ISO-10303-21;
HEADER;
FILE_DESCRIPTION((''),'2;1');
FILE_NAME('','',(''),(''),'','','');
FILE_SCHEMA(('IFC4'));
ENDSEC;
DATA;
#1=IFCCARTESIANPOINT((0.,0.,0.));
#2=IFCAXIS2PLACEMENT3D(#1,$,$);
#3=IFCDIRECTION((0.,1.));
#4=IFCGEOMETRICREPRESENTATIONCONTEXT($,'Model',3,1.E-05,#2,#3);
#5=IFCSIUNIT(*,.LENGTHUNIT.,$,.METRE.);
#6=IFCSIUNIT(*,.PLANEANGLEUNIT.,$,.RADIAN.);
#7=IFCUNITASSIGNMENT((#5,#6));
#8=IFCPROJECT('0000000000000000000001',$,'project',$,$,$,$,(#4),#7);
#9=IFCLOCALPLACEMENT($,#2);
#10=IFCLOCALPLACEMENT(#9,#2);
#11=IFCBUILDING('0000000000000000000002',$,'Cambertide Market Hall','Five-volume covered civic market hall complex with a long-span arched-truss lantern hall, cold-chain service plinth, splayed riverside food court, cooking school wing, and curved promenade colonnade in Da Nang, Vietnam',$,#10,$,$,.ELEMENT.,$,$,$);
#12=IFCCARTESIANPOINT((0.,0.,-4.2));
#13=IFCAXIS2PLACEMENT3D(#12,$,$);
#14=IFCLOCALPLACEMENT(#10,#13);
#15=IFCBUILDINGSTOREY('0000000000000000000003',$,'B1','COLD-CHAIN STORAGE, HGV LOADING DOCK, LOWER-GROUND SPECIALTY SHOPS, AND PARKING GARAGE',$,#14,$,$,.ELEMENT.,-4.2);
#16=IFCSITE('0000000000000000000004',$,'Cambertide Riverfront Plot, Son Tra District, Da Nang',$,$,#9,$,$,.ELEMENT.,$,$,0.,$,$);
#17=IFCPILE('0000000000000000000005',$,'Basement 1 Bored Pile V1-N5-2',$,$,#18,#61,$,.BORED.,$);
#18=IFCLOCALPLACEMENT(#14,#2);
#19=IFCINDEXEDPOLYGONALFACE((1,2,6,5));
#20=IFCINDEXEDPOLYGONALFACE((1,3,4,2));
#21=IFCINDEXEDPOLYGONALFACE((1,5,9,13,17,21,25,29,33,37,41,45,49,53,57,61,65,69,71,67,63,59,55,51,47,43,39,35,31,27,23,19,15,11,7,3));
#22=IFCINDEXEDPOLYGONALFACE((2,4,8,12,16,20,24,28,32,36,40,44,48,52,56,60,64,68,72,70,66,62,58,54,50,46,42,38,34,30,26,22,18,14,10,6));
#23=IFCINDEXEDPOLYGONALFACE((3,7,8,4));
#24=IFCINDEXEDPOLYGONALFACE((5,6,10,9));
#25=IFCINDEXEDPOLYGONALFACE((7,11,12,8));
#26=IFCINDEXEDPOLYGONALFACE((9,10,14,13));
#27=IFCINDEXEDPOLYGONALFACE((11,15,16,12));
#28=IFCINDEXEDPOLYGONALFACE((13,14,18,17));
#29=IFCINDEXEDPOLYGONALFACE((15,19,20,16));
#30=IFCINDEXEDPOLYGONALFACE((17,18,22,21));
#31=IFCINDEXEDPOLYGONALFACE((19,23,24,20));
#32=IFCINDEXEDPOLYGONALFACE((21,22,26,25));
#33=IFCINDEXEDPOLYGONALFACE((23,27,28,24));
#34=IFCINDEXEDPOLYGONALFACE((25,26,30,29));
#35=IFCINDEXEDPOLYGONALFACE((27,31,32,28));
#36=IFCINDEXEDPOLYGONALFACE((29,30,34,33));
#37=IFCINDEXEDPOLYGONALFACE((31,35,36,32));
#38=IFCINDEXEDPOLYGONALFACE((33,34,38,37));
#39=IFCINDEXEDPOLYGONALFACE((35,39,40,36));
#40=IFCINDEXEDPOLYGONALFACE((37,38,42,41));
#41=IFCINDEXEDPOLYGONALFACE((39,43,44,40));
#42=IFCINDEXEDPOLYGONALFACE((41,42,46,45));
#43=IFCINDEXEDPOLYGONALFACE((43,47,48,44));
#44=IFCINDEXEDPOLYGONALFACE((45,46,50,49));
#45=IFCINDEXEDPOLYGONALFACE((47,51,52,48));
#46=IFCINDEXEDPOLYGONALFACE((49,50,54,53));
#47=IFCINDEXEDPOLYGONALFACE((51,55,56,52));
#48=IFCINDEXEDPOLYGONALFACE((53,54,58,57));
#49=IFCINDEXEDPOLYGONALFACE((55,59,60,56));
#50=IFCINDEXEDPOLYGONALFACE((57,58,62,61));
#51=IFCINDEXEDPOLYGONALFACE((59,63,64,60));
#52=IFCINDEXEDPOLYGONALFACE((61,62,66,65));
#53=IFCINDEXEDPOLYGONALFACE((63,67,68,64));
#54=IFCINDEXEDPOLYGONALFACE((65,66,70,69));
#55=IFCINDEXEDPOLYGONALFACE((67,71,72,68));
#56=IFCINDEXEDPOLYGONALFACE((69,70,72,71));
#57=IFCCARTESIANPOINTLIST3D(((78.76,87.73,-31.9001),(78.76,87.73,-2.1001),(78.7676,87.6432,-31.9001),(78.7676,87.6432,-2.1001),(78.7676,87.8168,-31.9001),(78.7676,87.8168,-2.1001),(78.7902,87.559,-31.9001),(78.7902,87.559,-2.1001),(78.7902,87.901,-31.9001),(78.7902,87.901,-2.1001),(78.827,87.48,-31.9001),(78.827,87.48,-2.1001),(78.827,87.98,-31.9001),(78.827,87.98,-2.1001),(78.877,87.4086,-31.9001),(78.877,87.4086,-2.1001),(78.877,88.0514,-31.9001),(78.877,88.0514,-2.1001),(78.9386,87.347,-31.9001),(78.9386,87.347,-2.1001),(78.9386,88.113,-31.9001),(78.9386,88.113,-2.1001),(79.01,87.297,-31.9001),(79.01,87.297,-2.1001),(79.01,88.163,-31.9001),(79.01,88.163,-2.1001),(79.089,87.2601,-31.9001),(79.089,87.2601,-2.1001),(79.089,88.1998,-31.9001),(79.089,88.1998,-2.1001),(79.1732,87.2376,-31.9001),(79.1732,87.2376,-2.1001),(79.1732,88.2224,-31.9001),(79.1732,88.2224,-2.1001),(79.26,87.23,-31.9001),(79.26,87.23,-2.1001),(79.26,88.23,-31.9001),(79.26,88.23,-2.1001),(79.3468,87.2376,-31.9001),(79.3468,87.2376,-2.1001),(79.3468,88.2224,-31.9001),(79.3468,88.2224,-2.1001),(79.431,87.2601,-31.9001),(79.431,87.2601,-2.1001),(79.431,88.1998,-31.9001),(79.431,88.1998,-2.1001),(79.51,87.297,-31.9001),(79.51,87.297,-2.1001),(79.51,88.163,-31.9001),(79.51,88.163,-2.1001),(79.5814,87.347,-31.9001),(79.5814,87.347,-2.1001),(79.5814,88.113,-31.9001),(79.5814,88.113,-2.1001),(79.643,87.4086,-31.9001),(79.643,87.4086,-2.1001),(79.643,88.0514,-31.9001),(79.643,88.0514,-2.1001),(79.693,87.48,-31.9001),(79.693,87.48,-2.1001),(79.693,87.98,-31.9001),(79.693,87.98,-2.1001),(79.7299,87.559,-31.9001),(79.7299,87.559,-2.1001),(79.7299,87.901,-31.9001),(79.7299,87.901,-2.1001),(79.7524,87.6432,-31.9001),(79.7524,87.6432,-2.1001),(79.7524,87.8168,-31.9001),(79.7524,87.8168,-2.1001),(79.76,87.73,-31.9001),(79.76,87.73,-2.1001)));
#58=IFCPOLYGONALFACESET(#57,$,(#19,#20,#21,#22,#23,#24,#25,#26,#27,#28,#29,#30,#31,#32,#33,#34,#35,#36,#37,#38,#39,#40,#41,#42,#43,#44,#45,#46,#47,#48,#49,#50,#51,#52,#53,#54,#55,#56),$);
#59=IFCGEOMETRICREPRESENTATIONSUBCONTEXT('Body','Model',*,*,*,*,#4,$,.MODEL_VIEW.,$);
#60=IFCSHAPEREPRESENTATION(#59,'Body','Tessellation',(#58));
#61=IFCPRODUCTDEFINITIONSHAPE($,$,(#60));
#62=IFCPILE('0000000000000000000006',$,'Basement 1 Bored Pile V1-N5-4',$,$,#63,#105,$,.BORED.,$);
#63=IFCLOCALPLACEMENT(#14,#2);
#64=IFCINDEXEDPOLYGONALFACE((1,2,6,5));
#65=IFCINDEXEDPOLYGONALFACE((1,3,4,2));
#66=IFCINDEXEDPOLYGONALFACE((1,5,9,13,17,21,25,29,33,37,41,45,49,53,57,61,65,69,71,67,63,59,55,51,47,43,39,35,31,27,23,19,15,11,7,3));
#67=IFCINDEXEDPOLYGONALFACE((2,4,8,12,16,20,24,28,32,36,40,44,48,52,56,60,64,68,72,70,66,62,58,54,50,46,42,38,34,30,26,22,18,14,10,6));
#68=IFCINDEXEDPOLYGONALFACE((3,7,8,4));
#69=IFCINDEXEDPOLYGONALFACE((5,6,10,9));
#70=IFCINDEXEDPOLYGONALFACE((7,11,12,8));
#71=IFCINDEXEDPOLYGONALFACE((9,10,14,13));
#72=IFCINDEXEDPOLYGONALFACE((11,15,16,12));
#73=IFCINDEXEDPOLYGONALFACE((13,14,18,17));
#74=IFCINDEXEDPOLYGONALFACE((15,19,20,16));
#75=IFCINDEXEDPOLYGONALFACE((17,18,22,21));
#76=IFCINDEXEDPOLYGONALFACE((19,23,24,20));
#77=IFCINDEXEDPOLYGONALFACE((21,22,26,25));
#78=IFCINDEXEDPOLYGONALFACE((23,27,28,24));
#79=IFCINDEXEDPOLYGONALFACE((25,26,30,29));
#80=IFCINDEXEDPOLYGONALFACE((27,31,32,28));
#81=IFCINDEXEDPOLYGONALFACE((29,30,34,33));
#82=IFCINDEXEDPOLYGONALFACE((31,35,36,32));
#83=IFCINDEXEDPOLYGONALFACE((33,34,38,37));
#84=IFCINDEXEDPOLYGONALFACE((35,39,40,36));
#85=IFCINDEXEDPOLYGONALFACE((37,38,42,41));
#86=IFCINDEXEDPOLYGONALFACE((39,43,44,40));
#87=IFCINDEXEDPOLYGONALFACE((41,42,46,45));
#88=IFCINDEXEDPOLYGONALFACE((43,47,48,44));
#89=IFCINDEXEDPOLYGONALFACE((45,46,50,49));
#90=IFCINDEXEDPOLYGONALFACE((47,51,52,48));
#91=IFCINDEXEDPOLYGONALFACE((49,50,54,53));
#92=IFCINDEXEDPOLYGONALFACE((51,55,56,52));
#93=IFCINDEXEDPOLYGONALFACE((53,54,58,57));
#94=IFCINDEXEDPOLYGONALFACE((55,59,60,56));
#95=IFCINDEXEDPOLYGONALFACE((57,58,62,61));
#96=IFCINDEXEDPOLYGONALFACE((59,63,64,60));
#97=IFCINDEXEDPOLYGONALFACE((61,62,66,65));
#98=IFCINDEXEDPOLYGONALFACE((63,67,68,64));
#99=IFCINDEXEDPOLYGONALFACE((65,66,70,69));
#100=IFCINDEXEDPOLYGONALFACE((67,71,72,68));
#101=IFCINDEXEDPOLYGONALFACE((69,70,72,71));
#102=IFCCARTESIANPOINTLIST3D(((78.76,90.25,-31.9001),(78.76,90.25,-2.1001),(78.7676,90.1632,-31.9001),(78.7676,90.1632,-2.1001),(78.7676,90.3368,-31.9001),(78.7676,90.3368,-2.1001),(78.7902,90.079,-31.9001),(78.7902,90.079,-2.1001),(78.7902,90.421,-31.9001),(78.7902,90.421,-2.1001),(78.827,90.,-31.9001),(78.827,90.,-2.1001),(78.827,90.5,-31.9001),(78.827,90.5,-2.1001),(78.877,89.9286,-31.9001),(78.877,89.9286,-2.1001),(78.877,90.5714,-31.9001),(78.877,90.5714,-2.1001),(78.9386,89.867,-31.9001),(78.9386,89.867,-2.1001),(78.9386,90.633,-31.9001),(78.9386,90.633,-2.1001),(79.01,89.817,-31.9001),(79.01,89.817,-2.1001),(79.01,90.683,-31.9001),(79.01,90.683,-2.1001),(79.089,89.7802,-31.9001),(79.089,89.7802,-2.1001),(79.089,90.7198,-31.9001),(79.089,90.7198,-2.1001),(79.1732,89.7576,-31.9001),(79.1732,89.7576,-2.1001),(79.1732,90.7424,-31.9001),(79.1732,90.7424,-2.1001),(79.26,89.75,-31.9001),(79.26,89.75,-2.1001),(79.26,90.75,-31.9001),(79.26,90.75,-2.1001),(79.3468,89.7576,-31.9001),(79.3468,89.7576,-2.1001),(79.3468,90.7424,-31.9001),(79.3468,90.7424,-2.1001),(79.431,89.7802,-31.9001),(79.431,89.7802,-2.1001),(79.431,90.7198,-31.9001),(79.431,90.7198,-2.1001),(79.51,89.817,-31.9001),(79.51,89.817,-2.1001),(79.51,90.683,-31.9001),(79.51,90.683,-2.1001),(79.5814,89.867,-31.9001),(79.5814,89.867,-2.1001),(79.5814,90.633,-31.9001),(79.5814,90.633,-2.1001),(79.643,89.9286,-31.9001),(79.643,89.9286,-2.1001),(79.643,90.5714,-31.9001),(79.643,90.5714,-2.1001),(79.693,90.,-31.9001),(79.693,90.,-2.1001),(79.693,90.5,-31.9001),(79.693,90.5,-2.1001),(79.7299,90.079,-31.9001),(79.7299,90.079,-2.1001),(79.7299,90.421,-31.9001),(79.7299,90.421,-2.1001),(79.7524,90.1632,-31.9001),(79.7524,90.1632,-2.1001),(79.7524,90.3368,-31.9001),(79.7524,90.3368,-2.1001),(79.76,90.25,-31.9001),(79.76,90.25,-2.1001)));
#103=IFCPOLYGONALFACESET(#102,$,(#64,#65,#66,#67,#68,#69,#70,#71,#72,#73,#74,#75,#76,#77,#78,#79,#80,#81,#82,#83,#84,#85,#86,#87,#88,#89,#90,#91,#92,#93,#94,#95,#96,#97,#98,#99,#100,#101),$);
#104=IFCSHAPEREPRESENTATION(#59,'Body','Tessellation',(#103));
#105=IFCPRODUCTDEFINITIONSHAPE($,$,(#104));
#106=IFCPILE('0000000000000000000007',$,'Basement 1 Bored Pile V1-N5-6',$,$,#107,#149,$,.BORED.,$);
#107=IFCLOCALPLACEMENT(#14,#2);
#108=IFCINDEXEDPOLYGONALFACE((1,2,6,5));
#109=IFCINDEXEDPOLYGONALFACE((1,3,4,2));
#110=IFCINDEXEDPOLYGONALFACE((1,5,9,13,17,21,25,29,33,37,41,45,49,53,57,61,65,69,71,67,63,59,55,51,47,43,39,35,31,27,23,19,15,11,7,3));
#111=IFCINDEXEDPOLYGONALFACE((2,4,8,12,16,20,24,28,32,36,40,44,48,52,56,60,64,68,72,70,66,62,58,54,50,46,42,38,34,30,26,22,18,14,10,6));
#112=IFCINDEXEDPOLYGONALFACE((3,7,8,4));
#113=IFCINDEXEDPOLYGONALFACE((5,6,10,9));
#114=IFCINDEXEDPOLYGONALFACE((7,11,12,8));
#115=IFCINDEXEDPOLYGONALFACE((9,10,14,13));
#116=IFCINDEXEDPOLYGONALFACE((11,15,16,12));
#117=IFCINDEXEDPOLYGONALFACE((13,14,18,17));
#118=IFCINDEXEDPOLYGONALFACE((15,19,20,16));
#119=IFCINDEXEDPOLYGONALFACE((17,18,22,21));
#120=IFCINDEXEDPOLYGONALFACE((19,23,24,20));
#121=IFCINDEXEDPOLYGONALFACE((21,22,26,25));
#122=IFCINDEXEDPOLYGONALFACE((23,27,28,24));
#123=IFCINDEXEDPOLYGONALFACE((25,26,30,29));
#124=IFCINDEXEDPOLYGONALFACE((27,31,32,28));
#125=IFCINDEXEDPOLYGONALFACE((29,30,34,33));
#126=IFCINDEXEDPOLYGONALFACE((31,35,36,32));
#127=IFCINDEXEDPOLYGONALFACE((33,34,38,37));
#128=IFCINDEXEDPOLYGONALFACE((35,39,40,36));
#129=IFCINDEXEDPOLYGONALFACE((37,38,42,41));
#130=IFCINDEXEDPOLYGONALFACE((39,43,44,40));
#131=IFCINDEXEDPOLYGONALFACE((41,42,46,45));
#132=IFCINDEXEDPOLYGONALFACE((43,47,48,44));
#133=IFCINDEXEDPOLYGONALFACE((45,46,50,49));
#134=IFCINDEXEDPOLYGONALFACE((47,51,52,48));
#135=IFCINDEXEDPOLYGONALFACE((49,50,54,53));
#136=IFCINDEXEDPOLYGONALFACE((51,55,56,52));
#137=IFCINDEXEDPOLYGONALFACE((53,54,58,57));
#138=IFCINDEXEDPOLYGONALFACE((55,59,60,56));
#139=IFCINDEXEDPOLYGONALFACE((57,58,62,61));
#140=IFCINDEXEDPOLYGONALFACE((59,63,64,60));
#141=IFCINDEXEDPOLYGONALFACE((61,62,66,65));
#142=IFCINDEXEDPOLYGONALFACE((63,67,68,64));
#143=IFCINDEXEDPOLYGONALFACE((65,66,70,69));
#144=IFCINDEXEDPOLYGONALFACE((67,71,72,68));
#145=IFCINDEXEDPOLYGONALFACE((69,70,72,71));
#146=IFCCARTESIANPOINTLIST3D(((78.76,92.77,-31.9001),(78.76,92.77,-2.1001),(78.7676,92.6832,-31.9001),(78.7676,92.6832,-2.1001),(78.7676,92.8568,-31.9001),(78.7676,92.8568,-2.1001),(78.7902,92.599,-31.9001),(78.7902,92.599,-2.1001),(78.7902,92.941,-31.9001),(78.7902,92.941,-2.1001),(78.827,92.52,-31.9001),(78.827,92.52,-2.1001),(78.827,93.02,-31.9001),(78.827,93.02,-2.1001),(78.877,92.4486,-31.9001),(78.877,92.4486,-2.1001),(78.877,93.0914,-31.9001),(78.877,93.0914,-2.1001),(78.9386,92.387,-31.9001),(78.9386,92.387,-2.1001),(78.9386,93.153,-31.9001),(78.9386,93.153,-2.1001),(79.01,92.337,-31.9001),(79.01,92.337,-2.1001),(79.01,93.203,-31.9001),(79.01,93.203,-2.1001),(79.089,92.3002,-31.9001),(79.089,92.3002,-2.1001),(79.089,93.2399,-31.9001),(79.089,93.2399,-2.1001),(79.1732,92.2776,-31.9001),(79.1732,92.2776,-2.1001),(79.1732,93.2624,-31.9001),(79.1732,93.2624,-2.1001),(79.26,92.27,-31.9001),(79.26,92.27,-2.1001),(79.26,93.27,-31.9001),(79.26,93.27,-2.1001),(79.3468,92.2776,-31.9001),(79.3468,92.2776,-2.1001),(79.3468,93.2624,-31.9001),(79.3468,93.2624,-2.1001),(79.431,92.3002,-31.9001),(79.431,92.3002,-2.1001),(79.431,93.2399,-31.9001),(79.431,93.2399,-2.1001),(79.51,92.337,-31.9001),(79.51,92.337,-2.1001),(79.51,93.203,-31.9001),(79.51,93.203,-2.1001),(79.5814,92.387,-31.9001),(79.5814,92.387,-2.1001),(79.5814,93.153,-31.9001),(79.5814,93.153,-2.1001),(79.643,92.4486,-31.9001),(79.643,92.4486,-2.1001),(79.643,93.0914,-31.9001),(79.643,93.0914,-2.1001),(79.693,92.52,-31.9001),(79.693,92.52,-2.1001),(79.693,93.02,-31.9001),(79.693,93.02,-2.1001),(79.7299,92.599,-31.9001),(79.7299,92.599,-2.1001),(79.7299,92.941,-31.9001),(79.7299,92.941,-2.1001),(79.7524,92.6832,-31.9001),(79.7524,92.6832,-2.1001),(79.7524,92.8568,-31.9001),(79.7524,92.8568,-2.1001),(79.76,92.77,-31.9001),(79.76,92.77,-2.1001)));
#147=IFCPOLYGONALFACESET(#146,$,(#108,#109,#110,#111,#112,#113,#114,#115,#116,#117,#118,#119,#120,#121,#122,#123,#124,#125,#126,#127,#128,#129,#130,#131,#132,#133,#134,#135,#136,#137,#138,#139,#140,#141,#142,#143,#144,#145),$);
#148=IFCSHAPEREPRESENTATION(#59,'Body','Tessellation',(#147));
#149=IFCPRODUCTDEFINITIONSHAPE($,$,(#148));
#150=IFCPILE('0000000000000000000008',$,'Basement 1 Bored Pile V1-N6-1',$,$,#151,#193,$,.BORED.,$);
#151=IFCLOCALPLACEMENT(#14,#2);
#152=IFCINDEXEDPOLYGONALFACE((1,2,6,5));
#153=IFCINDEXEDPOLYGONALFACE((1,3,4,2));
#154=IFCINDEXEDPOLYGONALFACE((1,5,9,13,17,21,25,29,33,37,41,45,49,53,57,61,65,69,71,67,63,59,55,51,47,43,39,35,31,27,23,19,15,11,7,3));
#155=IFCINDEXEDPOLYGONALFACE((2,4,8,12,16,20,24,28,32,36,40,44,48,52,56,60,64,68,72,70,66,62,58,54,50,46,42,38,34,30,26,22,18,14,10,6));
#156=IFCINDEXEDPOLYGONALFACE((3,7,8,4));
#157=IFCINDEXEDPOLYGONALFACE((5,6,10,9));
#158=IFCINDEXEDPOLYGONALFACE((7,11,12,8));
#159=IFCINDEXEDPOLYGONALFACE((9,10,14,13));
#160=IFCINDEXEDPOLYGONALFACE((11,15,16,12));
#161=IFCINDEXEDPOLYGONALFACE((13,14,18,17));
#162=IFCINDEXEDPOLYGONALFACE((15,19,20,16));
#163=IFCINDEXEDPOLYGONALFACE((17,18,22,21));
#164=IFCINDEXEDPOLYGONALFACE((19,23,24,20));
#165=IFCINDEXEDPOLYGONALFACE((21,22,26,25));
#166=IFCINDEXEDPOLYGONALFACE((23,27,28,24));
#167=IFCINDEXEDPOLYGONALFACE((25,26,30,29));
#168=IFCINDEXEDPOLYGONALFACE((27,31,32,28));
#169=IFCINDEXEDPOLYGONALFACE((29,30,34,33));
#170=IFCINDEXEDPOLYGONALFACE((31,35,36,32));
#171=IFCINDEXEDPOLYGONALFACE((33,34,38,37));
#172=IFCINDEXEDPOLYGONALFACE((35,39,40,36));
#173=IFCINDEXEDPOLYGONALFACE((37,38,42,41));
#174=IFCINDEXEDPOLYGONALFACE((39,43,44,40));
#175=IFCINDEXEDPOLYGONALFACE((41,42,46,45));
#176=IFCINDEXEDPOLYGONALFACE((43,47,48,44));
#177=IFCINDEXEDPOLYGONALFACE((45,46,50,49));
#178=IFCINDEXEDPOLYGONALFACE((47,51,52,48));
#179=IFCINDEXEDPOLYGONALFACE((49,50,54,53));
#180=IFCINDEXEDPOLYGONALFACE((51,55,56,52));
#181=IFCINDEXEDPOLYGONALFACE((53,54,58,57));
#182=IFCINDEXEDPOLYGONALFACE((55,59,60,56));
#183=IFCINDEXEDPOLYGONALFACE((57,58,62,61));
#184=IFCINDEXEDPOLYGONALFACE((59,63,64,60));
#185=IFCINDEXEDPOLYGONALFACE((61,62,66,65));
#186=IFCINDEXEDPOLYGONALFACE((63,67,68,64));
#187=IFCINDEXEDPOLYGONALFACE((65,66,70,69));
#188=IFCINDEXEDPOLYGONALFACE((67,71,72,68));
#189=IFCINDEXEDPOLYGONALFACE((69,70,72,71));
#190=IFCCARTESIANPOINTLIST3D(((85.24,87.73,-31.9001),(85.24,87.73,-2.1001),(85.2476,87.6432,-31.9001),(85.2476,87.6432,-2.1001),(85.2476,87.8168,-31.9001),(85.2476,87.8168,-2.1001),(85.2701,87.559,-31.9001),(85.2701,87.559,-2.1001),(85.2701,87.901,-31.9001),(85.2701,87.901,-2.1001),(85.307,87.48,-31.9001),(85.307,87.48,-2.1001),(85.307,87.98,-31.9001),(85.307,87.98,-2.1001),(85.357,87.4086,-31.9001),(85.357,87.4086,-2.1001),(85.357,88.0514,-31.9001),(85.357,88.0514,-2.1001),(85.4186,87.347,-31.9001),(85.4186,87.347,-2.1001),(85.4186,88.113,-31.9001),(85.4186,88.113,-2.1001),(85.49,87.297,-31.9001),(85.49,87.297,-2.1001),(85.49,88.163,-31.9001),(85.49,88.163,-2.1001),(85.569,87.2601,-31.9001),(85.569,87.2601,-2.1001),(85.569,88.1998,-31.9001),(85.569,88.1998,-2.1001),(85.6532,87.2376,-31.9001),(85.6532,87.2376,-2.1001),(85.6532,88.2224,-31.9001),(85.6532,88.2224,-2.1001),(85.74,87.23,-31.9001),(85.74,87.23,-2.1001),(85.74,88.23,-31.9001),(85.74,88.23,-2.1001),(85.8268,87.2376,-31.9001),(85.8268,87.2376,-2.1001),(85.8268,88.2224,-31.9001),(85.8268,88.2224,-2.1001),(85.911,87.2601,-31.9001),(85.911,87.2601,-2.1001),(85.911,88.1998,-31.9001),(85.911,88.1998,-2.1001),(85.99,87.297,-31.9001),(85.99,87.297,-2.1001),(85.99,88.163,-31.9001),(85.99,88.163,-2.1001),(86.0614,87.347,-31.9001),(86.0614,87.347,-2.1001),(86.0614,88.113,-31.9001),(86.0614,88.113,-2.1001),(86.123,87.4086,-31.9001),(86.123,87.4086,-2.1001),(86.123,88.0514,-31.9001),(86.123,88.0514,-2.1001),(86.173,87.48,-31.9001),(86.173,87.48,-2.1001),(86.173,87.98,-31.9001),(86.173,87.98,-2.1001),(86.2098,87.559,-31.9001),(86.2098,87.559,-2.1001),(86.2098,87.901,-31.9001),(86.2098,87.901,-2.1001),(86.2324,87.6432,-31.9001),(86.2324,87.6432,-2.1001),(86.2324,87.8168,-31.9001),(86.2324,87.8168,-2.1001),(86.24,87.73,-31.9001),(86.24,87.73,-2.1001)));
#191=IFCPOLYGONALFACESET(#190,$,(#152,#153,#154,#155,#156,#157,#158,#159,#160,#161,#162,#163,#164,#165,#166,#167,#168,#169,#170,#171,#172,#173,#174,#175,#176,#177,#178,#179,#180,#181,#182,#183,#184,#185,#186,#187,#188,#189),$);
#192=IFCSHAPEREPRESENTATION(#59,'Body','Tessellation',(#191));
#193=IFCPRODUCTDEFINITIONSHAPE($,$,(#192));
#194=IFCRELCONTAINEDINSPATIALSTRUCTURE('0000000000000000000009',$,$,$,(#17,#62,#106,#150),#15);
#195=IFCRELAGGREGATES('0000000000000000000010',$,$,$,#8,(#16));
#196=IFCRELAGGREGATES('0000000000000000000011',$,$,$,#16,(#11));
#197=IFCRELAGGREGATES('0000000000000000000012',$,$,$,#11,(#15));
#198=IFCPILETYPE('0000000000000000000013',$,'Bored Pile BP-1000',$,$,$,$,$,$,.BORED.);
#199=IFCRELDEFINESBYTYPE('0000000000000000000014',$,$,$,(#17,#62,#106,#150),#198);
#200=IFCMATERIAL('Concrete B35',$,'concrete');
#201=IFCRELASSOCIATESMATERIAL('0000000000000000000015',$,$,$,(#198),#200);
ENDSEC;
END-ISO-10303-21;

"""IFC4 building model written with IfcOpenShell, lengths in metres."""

from ifc_helpers import new_model, si_unit, direction, frame, origin, origin_2d, place, context, subcontext, project, spatial, circle, extrude, material, material_profile, profile_set, type_object, element, save


model = new_model("IFC4")

# Units and contexts
model_context = context("Model", 3, precision=1e-05, world=origin(), true_north=direction((0.0, 1.0)))
body_context = subcontext(model_context, "Body", "Model", "MODEL_VIEW")
ifc_project = project(units=[si_unit("LENGTHUNIT", "METRE"), si_unit("PLANEANGLEUNIT", "RADIAN")], contexts=[model_context])

# Site, building, storey
site_placement = place(None, origin())
site = spatial("IfcSite", under=ifc_project, at=site_placement, Name="Cambertide Riverfront Plot, Son Tra District, Da Nang", CompositionType="ELEMENT", RefElevation=0.0)
building_placement = place(site_placement, origin())
building = spatial("IfcBuilding", under=site, at=building_placement, Name="Cambertide Market Hall", Description="Five-volume covered civic market hall complex with a long-span arched-truss lantern hall, cold-chain service plinth, splayed riverside food court, cooking school wing, and curved promenade colonnade in Da Nang, Vietnam", CompositionType="ELEMENT")
storey_placement = place(building_placement, frame((0.0, 0.0, -4.2)))
storey = spatial("IfcBuildingStorey", under=building, at=storey_placement, Name="B1", Description="COLD-CHAIN STORAGE, HGV LOADING DOCK, LOWER-GROUND SPECIALTY SHOPS, AND PARKING GARAGE", CompositionType="ELEMENT", Elevation=-4.2)

# Piles
ifc_material_1 = material(Name="Concrete B35", Category="concrete")
ifc_material_profile_1 = material_profile(ifc_material_1, circle(Radius=0.5, at=origin_2d()), Name="BP D1000")
ifc_profile_set_1 = profile_set([ifc_material_profile_1], Name="Concrete B35")
pile_type = type_object("IfcPileType", Name="Bored Pile BP-1000", PredefinedType="BORED", material=ifc_profile_set_1)
for number, where, z_axis, x_axis, name in (
    (1, (79.26, 87.73, -2.1001), (0.0, 0.0, -1.0), (1.0, 0.0, 0.0), "Basement 1 Bored Pile V1-N5-2"),
    (2, (79.26, 90.25, -2.1001), (0.0, 0.0, -1.0), (1.0, 0.0, 0.0), "Basement 1 Bored Pile V1-N5-4"),
    (3, (79.26, 92.77, -2.1001), (0.0, 0.0, -1.0), (1.0, 0.0, 0.0), "Basement 1 Bored Pile V1-N5-6"),
    (4, (85.74, 87.73, -2.1001), (0.0, 0.0, -1.0), (1.0, 0.0, 0.0), "Basement 1 Bored Pile V1-N6-1"),
):
    element("IfcPile", number, at=place(storey_placement, frame(where, z_axis=z_axis, x_axis=x_axis)), inside=storey, type_object=pile_type, Name=name, PredefinedType="BORED", context=body_context, shape_type="SweptSolid", body=[
        extrude(circle(Radius=0.5, at=origin_2d()), origin(), (0.0, 0.0, 1.0), 29.8),
    ])

save(model, "model.ifc")
